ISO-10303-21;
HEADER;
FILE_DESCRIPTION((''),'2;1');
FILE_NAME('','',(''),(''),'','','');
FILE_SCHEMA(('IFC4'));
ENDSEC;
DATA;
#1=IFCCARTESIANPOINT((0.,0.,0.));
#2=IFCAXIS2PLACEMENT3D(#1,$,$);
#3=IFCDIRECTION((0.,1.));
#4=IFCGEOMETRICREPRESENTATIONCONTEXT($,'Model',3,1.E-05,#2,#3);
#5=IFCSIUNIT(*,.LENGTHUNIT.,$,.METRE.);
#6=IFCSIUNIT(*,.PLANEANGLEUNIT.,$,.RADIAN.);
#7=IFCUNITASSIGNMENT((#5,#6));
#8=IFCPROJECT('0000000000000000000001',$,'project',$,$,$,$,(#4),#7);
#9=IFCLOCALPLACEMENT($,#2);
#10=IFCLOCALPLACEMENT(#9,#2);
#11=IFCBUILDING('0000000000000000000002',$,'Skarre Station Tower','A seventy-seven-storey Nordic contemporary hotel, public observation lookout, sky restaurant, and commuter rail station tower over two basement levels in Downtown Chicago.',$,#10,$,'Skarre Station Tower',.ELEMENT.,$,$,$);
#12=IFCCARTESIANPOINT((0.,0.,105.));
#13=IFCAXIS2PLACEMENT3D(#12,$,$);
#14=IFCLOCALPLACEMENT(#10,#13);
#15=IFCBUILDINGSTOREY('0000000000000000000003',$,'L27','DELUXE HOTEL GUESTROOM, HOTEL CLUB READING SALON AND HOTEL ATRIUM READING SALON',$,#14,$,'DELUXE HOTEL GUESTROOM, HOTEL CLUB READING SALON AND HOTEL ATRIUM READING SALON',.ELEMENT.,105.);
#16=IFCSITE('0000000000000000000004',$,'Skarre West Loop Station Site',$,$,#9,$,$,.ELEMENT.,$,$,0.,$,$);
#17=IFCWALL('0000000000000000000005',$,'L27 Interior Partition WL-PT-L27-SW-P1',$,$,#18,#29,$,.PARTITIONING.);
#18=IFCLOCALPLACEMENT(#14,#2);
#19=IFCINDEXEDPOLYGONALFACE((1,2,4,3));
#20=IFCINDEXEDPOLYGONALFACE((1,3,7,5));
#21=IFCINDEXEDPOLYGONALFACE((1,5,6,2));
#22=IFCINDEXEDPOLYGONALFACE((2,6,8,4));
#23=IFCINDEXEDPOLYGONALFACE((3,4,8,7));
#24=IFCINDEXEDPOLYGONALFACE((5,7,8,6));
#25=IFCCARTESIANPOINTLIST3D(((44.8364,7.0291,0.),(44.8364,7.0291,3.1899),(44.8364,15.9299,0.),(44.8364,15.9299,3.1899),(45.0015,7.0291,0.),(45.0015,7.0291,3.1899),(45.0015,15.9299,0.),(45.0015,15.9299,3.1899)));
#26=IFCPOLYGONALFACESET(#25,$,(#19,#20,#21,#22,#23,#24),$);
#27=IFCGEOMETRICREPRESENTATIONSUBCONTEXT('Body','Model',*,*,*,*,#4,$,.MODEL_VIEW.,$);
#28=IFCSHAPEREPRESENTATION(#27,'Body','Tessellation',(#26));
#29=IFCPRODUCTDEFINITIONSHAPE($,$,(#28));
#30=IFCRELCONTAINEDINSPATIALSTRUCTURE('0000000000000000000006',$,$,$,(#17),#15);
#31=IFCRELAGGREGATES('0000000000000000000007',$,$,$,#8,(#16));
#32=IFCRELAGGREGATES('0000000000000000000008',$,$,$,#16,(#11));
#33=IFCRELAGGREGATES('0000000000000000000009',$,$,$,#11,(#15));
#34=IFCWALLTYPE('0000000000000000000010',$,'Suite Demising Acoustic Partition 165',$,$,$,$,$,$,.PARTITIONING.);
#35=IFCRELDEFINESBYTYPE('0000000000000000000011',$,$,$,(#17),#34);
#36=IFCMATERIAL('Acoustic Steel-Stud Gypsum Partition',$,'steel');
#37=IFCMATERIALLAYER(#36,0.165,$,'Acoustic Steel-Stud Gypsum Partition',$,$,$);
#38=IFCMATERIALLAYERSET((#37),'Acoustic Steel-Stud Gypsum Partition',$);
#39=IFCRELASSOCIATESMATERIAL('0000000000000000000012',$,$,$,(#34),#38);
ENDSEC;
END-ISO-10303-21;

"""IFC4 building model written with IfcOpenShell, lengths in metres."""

from ifc_helpers import new_model, si_unit, direction, frame, frame_2d, origin, place, context, subcontext, project, spatial, rectangle, extrude, material, layer, layer_set, type_object, element, save


model = new_model("IFC4")

# Units and contexts
model_context = context("Model", 3, precision=1e-05, world=origin(), true_north=direction((0.0, 1.0)))
body_context = subcontext(model_context, "Body", "Model", "MODEL_VIEW")
ifc_project = project(units=[si_unit("LENGTHUNIT", "METRE"), si_unit("PLANEANGLEUNIT", "RADIAN")], contexts=[model_context])

# Site, building, storey
site_placement = place(None, origin())
site = spatial("IfcSite", under=ifc_project, at=site_placement, Name="Skarre West Loop Station Site", CompositionType="ELEMENT", RefElevation=0.0)
building_placement = place(site_placement, origin())
building = spatial("IfcBuilding", under=site, at=building_placement, Name="Skarre Station Tower", Description="A seventy-seven-storey Nordic contemporary hotel, public observation lookout, sky restaurant, and commuter rail station tower over two basement levels in Downtown Chicago.", LongName="Skarre Station Tower", CompositionType="ELEMENT")
storey_placement = place(building_placement, frame((0.0, 0.0, 105.0)))
storey = spatial("IfcBuildingStorey", under=building, at=storey_placement, Name="L27", Description="DELUXE HOTEL GUESTROOM, HOTEL CLUB READING SALON AND HOTEL ATRIUM READING SALON", LongName="DELUXE HOTEL GUESTROOM, HOTEL CLUB READING SALON AND HOTEL ATRIUM READING SALON", CompositionType="ELEMENT", Elevation=105.0)

# Wall
ifc_material_1 = material(Name="Acoustic Steel-Stud Gypsum Partition", Category="steel")
ifc_layer_1 = layer(ifc_material_1, 0.165, Name="Acoustic Steel-Stud Gypsum Partition")
ifc_layer_set_1 = layer_set([ifc_layer_1], Name="Acoustic Steel-Stud Gypsum Partition")
wall_type_1 = type_object("IfcWallType", Name="Suite Demising Acoustic Partition 165", PredefinedType="PARTITIONING", material=ifc_layer_set_1)
wall_1_placement = place(storey_placement, frame((44.9189, 7.0291, 0.0), z_axis=(0.0, 0.0, 1.0), x_axis=(0.0, 1.0, 0.0)))
element("IfcWall", 1, at=wall_1_placement, inside=storey, type_object=wall_type_1, Name="L27 Interior Partition WL-PT-L27-SW-P1", PredefinedType="PARTITIONING", context=body_context, shape_type="SweptSolid", body=[
    extrude(rectangle(XDim=8.9009, YDim=0.165, at=frame_2d((4.4504, 0.0))), origin(), (0.0, 0.0, 1.0), 3.1899),
])

save(model, "model.ifc")
